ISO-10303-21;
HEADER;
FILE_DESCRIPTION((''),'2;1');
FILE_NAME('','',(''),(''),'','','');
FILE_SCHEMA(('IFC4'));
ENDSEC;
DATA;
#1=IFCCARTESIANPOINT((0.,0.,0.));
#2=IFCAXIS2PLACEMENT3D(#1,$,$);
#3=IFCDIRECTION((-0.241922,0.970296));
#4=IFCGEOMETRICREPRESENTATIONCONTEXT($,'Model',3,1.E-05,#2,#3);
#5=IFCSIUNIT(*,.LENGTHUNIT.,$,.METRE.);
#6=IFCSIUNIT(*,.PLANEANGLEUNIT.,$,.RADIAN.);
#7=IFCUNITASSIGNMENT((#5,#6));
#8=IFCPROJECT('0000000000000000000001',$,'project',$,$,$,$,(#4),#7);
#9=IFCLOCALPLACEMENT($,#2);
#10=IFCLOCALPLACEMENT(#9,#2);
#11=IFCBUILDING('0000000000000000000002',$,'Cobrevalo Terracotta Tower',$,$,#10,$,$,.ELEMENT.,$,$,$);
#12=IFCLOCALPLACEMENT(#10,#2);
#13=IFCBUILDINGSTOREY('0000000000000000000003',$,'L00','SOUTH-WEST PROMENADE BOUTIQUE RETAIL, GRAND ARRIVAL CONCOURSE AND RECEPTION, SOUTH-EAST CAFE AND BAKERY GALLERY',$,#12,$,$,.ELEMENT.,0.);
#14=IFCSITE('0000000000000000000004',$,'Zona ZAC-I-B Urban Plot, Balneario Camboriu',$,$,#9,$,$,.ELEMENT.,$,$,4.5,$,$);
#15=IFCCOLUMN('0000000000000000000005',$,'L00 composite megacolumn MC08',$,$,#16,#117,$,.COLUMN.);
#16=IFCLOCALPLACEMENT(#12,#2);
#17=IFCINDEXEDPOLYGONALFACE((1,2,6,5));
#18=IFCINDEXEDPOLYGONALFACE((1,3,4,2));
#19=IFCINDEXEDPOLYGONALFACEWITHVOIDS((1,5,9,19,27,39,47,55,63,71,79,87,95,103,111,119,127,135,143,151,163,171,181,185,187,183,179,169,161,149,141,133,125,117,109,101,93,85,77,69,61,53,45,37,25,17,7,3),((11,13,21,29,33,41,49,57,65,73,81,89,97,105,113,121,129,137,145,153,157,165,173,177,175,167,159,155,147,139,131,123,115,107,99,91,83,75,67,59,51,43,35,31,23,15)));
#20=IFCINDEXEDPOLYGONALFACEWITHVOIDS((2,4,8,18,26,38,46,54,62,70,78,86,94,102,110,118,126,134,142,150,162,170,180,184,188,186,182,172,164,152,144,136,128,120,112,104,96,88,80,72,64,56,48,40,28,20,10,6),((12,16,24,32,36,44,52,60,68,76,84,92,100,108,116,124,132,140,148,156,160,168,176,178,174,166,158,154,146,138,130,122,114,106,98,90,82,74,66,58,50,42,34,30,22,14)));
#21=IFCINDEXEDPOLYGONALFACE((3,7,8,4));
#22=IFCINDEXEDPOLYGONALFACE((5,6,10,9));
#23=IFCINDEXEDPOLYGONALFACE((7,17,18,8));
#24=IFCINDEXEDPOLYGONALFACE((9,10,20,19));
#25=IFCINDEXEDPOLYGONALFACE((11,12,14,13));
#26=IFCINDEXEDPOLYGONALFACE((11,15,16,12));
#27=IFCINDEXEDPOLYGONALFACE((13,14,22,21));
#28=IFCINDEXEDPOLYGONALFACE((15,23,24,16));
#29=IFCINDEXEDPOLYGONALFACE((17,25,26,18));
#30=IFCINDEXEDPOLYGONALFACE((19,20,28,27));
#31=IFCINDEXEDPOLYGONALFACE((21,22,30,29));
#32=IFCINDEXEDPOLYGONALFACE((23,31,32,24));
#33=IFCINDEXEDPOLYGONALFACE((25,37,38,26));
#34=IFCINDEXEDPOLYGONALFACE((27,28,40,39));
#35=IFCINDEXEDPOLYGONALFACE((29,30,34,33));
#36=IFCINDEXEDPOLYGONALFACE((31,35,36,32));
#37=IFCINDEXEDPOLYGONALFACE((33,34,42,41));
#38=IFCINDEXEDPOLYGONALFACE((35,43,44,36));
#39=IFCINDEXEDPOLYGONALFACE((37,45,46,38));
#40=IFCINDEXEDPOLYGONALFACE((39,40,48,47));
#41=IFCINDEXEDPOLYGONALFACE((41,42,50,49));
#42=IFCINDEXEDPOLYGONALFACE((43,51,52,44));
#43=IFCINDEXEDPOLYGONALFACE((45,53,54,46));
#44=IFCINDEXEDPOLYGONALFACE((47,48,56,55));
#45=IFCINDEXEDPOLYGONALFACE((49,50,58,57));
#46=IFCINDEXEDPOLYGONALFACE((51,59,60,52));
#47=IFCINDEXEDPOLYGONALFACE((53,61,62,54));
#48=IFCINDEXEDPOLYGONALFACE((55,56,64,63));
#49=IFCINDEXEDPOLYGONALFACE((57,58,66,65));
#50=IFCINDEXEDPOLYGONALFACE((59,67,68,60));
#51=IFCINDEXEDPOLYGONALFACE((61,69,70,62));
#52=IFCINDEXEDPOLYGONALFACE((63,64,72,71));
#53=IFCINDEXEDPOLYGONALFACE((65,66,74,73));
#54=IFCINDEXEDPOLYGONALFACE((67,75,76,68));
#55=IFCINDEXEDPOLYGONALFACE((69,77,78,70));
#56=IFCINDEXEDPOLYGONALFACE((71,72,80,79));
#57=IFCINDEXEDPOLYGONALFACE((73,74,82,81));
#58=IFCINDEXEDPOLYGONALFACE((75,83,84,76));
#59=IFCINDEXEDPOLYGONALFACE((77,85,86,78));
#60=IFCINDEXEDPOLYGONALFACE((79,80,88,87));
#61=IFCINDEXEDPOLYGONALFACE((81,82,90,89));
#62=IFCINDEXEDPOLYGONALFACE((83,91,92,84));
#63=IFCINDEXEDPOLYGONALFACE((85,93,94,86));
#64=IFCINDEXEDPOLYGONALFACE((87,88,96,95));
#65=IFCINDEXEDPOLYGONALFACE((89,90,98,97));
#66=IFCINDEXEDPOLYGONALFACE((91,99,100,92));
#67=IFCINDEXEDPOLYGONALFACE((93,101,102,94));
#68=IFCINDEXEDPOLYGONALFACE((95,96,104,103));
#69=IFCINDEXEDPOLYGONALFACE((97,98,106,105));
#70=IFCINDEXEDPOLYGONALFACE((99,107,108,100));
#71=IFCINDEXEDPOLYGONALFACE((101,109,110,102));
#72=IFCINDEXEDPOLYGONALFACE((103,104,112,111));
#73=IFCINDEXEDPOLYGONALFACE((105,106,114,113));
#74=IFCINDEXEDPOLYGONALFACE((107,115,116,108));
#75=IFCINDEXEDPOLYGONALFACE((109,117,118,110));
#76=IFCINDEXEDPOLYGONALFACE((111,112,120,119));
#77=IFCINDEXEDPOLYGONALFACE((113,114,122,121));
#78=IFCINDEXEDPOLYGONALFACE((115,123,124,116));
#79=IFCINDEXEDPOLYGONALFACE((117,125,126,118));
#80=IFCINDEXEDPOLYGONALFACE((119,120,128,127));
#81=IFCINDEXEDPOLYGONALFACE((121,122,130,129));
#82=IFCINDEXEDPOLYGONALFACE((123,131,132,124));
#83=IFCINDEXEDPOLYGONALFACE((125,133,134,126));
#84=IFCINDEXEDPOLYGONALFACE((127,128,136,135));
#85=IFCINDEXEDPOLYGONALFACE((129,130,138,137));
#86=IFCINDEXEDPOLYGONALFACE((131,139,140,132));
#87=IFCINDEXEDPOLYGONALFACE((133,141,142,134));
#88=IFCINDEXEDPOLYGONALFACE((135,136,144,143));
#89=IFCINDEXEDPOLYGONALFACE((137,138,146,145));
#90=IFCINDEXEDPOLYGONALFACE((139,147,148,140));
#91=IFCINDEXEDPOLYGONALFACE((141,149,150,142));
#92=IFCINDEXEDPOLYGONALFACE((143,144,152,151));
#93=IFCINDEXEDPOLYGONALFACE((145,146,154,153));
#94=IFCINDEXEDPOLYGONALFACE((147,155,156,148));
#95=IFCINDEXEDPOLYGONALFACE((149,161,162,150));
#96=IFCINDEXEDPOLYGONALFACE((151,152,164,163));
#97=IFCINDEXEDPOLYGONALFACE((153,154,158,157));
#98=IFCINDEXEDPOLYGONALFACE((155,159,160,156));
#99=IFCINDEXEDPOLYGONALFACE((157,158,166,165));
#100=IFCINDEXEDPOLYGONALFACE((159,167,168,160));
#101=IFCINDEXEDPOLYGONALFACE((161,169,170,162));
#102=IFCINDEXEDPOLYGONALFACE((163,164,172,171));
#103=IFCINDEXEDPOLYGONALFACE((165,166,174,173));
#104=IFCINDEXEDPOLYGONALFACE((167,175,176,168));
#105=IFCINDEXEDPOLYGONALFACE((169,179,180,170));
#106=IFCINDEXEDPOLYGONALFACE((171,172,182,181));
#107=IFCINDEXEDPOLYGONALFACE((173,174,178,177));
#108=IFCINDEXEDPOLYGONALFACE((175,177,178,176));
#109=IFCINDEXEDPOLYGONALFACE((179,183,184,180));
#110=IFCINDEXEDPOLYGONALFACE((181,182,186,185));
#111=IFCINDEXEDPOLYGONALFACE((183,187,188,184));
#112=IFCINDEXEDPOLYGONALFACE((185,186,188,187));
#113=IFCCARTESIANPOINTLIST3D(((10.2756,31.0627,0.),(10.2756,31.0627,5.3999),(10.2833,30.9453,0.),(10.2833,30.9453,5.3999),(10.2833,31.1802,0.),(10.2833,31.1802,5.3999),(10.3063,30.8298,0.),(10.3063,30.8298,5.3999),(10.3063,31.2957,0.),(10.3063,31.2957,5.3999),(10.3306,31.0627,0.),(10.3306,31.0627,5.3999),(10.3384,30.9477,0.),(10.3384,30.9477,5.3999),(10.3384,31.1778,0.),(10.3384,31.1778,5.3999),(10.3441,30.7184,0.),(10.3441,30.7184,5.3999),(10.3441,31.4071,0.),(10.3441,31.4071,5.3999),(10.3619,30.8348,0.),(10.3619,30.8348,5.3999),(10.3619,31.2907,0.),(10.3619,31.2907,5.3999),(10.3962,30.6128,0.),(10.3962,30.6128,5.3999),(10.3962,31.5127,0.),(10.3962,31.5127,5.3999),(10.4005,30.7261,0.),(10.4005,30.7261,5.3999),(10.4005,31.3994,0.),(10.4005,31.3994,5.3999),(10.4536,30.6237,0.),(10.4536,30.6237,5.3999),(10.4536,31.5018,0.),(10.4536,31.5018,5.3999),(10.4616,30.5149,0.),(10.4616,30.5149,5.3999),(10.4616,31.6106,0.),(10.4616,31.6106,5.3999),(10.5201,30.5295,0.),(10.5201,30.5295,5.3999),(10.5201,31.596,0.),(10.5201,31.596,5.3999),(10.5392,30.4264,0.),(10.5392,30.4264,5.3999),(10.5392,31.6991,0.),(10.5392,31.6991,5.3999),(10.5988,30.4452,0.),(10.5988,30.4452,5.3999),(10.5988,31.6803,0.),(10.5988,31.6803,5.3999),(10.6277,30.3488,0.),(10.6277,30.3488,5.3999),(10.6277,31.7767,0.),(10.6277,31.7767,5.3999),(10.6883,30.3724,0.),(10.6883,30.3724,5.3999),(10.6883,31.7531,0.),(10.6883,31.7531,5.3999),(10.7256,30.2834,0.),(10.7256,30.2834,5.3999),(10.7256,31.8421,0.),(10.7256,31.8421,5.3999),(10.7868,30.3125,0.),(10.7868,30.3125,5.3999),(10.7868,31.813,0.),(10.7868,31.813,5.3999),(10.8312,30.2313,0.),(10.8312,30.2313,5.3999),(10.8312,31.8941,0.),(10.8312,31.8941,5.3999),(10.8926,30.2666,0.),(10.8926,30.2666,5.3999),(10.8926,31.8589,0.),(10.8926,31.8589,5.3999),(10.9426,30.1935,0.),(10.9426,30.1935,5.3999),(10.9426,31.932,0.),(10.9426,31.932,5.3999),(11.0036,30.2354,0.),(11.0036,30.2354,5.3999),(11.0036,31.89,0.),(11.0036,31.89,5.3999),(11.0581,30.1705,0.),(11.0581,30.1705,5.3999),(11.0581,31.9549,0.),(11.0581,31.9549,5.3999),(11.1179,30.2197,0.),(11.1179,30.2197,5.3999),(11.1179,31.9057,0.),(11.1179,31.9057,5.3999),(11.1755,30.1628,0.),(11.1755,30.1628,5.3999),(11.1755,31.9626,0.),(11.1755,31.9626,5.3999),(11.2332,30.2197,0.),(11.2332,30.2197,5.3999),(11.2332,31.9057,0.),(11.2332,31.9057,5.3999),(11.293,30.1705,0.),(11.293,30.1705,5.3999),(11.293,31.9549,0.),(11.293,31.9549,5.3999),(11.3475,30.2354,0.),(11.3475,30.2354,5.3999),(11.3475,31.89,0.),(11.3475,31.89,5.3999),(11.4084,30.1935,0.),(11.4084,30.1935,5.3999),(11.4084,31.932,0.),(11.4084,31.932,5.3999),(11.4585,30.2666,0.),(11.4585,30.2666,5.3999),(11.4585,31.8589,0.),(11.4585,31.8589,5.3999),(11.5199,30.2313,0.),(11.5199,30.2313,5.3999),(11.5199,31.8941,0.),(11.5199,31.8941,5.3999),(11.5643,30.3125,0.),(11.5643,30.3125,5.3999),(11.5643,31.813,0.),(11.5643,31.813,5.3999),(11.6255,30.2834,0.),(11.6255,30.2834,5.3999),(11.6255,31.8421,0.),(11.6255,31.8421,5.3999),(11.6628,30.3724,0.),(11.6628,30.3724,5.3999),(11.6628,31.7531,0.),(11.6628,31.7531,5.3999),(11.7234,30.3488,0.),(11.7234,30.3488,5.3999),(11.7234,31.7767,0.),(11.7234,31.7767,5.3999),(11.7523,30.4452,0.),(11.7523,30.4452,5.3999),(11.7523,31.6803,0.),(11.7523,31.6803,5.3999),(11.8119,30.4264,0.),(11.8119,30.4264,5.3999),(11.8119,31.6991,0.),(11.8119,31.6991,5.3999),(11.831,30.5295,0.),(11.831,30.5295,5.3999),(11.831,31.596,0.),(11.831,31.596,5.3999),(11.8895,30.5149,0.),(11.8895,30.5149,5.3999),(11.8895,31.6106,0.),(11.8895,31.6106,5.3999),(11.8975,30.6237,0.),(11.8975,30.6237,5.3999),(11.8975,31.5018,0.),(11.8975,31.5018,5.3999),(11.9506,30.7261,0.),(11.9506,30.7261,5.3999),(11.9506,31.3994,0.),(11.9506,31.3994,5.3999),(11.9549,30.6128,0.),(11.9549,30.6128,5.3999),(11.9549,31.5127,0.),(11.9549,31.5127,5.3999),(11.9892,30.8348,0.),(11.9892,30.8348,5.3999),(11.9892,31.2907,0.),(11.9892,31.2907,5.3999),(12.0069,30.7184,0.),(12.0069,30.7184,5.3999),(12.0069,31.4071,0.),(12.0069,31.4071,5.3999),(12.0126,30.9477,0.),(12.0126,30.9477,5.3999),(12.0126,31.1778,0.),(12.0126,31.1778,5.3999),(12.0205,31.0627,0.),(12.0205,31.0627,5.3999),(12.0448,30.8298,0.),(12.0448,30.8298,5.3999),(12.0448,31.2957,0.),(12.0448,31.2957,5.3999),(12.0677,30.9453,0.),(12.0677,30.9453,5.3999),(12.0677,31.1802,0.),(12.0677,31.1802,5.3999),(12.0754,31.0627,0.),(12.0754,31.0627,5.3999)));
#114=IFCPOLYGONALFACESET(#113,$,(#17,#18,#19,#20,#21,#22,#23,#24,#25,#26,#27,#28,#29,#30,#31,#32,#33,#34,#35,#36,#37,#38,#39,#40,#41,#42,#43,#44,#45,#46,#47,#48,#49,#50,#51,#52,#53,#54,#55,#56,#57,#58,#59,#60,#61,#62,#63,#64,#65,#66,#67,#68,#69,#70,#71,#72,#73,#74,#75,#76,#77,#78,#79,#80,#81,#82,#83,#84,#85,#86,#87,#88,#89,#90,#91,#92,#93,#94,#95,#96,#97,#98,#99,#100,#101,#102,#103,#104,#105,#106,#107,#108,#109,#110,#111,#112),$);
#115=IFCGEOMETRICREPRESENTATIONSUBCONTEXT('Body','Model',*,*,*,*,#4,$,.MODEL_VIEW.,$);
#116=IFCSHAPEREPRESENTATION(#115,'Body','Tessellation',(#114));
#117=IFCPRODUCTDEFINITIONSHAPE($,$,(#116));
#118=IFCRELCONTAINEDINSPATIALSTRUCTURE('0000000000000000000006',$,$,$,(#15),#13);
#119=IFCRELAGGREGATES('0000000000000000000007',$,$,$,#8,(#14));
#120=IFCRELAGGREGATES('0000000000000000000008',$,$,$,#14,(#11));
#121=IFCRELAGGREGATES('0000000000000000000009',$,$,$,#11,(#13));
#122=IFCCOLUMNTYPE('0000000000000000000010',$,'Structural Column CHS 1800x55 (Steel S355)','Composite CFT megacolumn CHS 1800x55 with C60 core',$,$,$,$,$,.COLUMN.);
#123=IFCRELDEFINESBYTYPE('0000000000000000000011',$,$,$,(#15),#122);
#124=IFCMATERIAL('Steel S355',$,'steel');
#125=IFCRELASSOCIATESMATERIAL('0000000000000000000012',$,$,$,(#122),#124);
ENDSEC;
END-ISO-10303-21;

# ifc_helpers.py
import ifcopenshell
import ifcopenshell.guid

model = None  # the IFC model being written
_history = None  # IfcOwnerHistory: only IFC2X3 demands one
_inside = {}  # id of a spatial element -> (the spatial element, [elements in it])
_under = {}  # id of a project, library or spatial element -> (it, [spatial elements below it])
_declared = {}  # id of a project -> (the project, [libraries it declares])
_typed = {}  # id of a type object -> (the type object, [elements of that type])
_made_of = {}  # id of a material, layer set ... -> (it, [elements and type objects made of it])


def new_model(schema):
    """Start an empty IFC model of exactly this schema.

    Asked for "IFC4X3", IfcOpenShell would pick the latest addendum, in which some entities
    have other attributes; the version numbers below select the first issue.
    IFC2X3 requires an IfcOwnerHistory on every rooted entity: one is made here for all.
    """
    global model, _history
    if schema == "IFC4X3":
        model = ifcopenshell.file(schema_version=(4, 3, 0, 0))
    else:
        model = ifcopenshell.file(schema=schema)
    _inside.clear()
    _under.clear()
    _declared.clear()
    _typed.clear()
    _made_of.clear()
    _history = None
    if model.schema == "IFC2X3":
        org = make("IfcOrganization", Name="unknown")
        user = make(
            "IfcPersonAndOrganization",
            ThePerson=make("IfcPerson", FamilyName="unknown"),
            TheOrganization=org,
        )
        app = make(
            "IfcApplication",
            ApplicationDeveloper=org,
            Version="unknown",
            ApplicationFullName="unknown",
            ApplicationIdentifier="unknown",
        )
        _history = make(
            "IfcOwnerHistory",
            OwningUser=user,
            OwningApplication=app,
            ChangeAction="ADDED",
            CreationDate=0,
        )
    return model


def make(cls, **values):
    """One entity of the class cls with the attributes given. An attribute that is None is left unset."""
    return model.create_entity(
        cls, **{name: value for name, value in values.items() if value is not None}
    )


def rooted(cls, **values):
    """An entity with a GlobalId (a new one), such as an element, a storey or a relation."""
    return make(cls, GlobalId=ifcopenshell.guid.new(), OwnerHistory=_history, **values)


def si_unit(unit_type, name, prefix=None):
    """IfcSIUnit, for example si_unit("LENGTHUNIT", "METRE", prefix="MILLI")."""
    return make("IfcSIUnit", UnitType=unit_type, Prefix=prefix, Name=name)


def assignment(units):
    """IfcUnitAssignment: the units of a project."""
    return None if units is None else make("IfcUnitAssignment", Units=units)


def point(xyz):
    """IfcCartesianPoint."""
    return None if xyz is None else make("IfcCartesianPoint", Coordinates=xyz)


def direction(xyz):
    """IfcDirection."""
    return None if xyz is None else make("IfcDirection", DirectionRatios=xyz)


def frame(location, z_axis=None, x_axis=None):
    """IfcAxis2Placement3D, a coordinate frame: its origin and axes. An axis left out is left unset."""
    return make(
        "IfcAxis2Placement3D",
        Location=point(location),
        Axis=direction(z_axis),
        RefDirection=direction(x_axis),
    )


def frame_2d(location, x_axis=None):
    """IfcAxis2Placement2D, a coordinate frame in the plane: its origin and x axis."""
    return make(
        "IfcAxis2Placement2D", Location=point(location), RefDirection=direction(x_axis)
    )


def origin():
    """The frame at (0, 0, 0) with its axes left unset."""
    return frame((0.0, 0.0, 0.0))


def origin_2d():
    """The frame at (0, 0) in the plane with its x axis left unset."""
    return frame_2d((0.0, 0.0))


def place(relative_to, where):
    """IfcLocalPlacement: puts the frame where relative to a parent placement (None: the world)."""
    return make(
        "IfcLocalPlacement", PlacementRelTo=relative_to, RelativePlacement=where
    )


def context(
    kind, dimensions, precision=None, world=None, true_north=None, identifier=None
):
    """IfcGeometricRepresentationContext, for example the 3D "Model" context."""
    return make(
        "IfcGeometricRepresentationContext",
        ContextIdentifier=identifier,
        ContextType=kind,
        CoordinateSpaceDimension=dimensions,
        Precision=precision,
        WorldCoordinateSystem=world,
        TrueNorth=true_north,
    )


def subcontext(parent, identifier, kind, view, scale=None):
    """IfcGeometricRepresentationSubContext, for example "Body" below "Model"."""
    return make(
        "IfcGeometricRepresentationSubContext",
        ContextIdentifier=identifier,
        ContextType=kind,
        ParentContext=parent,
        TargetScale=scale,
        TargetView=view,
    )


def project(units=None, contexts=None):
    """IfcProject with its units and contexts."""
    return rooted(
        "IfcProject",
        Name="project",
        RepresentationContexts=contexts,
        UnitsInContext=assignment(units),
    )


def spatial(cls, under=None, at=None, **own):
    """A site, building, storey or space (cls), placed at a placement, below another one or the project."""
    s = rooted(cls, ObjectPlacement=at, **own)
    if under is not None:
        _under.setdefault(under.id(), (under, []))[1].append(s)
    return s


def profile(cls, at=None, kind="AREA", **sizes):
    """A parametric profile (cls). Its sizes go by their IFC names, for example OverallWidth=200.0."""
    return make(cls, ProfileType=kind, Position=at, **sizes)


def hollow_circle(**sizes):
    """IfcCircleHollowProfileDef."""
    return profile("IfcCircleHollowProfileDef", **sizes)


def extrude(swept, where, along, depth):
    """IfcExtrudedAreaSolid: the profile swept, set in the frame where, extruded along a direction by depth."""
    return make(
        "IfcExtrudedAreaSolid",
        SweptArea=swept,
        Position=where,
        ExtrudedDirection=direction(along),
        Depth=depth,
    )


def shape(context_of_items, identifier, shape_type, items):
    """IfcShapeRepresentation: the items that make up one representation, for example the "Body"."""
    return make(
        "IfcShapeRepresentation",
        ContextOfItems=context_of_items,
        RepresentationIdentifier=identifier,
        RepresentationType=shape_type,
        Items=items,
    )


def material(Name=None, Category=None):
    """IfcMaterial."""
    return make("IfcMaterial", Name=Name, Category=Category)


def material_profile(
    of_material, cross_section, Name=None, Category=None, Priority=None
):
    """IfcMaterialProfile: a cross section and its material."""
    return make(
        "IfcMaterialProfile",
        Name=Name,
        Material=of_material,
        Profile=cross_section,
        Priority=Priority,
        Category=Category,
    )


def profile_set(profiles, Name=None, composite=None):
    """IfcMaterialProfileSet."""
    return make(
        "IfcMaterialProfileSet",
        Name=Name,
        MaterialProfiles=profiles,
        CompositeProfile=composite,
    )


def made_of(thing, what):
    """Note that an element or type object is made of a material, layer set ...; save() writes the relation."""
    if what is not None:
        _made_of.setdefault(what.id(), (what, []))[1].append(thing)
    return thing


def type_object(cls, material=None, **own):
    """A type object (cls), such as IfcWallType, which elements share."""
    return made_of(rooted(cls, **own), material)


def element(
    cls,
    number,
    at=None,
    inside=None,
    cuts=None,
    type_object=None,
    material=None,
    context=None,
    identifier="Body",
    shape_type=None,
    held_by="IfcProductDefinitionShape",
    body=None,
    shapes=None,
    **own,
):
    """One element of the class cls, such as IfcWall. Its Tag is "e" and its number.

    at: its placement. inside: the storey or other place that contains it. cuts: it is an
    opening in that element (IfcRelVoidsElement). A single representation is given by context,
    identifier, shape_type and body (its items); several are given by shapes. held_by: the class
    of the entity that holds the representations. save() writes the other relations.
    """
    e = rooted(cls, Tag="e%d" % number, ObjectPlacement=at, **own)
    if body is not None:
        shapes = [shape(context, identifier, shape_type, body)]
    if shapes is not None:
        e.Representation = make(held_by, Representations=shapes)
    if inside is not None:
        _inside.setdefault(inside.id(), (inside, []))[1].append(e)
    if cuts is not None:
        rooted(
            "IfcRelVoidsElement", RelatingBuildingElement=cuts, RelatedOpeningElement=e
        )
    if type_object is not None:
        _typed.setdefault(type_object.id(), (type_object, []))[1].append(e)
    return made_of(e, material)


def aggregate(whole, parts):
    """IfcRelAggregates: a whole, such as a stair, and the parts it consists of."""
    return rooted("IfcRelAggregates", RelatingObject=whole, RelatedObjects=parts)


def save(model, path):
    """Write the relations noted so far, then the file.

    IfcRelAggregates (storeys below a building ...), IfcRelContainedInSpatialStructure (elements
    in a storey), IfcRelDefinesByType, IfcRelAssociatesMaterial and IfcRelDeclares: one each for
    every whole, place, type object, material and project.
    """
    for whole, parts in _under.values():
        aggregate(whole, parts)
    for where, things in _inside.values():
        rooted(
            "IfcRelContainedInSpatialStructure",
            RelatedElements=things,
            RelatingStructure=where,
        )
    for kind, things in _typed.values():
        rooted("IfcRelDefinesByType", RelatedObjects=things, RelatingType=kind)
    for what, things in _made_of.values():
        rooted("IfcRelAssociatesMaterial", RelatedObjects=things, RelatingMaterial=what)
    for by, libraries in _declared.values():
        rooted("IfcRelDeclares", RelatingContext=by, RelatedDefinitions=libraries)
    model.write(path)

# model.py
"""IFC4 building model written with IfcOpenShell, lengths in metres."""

from ifc_helpers import new_model, si_unit, direction, frame, origin, origin_2d, place, context, subcontext, project, spatial, hollow_circle, extrude, material, material_profile, profile_set, type_object, element, save


model = new_model("IFC4")

# Units and contexts
model_context = context("Model", 3, precision=1e-05, world=origin(), true_north=direction((-0.241922, 0.970296)))
body_context = subcontext(model_context, "Body", "Model", "MODEL_VIEW")
ifc_project = project(units=[si_unit("LENGTHUNIT", "METRE"), si_unit("PLANEANGLEUNIT", "RADIAN")], contexts=[model_context])

# Site, building, storey
site_placement = place(None, origin())
site = spatial("IfcSite", under=ifc_project, at=site_placement, Name="Zona ZAC-I-B Urban Plot, Balneario Camboriu", CompositionType="ELEMENT", RefElevation=4.5)
building_placement = place(site_placement, origin())
building = spatial("IfcBuilding", under=site, at=building_placement, Name="Cobrevalo Terracotta Tower", CompositionType="ELEMENT")
storey_placement = place(building_placement, origin())
storey = spatial("IfcBuildingStorey", under=building, at=storey_placement, Name="L00", Description="SOUTH-WEST PROMENADE BOUTIQUE RETAIL, GRAND ARRIVAL CONCOURSE AND RECEPTION, SOUTH-EAST CAFE AND BAKERY GALLERY", CompositionType="ELEMENT", Elevation=0.0)

# Column
ifc_material_1 = material(Name="Steel S355", Category="steel")
ifc_material_profile_1 = material_profile(ifc_material_1, hollow_circle(Radius=0.8999, WallThickness=0.0549, at=origin_2d()), Name="CHS 1800x55")
ifc_profile_set_1 = profile_set([ifc_material_profile_1], Name="Steel S355")
column_type_1 = type_object("IfcColumnType", Name="Structural Column CHS 1800x55 (Steel S355)", Description="Composite CFT megacolumn CHS 1800x55 with C60 core", PredefinedType="COLUMN", material=ifc_profile_set_1)
for number, where, z_axis, x_axis, name in (
    (1, (11.1755, 31.0627, 0.0), (0.0, 0.0, 1.0), (1.0, 0.0, 0.0), "L00 composite megacolumn MC08"),
):
    element("IfcColumn", number, at=place(storey_placement, frame(where, z_axis=z_axis, x_axis=x_axis)), inside=storey, type_object=column_type_1, Name=name, PredefinedType="COLUMN", context=body_context, shape_type="SweptSolid", body=[
        extrude(hollow_circle(Radius=0.8999, WallThickness=0.0549, at=origin_2d()), origin(), (0.0, 0.0, 1.0), 5.3999),
    ])

save(model, "model.ifc")
